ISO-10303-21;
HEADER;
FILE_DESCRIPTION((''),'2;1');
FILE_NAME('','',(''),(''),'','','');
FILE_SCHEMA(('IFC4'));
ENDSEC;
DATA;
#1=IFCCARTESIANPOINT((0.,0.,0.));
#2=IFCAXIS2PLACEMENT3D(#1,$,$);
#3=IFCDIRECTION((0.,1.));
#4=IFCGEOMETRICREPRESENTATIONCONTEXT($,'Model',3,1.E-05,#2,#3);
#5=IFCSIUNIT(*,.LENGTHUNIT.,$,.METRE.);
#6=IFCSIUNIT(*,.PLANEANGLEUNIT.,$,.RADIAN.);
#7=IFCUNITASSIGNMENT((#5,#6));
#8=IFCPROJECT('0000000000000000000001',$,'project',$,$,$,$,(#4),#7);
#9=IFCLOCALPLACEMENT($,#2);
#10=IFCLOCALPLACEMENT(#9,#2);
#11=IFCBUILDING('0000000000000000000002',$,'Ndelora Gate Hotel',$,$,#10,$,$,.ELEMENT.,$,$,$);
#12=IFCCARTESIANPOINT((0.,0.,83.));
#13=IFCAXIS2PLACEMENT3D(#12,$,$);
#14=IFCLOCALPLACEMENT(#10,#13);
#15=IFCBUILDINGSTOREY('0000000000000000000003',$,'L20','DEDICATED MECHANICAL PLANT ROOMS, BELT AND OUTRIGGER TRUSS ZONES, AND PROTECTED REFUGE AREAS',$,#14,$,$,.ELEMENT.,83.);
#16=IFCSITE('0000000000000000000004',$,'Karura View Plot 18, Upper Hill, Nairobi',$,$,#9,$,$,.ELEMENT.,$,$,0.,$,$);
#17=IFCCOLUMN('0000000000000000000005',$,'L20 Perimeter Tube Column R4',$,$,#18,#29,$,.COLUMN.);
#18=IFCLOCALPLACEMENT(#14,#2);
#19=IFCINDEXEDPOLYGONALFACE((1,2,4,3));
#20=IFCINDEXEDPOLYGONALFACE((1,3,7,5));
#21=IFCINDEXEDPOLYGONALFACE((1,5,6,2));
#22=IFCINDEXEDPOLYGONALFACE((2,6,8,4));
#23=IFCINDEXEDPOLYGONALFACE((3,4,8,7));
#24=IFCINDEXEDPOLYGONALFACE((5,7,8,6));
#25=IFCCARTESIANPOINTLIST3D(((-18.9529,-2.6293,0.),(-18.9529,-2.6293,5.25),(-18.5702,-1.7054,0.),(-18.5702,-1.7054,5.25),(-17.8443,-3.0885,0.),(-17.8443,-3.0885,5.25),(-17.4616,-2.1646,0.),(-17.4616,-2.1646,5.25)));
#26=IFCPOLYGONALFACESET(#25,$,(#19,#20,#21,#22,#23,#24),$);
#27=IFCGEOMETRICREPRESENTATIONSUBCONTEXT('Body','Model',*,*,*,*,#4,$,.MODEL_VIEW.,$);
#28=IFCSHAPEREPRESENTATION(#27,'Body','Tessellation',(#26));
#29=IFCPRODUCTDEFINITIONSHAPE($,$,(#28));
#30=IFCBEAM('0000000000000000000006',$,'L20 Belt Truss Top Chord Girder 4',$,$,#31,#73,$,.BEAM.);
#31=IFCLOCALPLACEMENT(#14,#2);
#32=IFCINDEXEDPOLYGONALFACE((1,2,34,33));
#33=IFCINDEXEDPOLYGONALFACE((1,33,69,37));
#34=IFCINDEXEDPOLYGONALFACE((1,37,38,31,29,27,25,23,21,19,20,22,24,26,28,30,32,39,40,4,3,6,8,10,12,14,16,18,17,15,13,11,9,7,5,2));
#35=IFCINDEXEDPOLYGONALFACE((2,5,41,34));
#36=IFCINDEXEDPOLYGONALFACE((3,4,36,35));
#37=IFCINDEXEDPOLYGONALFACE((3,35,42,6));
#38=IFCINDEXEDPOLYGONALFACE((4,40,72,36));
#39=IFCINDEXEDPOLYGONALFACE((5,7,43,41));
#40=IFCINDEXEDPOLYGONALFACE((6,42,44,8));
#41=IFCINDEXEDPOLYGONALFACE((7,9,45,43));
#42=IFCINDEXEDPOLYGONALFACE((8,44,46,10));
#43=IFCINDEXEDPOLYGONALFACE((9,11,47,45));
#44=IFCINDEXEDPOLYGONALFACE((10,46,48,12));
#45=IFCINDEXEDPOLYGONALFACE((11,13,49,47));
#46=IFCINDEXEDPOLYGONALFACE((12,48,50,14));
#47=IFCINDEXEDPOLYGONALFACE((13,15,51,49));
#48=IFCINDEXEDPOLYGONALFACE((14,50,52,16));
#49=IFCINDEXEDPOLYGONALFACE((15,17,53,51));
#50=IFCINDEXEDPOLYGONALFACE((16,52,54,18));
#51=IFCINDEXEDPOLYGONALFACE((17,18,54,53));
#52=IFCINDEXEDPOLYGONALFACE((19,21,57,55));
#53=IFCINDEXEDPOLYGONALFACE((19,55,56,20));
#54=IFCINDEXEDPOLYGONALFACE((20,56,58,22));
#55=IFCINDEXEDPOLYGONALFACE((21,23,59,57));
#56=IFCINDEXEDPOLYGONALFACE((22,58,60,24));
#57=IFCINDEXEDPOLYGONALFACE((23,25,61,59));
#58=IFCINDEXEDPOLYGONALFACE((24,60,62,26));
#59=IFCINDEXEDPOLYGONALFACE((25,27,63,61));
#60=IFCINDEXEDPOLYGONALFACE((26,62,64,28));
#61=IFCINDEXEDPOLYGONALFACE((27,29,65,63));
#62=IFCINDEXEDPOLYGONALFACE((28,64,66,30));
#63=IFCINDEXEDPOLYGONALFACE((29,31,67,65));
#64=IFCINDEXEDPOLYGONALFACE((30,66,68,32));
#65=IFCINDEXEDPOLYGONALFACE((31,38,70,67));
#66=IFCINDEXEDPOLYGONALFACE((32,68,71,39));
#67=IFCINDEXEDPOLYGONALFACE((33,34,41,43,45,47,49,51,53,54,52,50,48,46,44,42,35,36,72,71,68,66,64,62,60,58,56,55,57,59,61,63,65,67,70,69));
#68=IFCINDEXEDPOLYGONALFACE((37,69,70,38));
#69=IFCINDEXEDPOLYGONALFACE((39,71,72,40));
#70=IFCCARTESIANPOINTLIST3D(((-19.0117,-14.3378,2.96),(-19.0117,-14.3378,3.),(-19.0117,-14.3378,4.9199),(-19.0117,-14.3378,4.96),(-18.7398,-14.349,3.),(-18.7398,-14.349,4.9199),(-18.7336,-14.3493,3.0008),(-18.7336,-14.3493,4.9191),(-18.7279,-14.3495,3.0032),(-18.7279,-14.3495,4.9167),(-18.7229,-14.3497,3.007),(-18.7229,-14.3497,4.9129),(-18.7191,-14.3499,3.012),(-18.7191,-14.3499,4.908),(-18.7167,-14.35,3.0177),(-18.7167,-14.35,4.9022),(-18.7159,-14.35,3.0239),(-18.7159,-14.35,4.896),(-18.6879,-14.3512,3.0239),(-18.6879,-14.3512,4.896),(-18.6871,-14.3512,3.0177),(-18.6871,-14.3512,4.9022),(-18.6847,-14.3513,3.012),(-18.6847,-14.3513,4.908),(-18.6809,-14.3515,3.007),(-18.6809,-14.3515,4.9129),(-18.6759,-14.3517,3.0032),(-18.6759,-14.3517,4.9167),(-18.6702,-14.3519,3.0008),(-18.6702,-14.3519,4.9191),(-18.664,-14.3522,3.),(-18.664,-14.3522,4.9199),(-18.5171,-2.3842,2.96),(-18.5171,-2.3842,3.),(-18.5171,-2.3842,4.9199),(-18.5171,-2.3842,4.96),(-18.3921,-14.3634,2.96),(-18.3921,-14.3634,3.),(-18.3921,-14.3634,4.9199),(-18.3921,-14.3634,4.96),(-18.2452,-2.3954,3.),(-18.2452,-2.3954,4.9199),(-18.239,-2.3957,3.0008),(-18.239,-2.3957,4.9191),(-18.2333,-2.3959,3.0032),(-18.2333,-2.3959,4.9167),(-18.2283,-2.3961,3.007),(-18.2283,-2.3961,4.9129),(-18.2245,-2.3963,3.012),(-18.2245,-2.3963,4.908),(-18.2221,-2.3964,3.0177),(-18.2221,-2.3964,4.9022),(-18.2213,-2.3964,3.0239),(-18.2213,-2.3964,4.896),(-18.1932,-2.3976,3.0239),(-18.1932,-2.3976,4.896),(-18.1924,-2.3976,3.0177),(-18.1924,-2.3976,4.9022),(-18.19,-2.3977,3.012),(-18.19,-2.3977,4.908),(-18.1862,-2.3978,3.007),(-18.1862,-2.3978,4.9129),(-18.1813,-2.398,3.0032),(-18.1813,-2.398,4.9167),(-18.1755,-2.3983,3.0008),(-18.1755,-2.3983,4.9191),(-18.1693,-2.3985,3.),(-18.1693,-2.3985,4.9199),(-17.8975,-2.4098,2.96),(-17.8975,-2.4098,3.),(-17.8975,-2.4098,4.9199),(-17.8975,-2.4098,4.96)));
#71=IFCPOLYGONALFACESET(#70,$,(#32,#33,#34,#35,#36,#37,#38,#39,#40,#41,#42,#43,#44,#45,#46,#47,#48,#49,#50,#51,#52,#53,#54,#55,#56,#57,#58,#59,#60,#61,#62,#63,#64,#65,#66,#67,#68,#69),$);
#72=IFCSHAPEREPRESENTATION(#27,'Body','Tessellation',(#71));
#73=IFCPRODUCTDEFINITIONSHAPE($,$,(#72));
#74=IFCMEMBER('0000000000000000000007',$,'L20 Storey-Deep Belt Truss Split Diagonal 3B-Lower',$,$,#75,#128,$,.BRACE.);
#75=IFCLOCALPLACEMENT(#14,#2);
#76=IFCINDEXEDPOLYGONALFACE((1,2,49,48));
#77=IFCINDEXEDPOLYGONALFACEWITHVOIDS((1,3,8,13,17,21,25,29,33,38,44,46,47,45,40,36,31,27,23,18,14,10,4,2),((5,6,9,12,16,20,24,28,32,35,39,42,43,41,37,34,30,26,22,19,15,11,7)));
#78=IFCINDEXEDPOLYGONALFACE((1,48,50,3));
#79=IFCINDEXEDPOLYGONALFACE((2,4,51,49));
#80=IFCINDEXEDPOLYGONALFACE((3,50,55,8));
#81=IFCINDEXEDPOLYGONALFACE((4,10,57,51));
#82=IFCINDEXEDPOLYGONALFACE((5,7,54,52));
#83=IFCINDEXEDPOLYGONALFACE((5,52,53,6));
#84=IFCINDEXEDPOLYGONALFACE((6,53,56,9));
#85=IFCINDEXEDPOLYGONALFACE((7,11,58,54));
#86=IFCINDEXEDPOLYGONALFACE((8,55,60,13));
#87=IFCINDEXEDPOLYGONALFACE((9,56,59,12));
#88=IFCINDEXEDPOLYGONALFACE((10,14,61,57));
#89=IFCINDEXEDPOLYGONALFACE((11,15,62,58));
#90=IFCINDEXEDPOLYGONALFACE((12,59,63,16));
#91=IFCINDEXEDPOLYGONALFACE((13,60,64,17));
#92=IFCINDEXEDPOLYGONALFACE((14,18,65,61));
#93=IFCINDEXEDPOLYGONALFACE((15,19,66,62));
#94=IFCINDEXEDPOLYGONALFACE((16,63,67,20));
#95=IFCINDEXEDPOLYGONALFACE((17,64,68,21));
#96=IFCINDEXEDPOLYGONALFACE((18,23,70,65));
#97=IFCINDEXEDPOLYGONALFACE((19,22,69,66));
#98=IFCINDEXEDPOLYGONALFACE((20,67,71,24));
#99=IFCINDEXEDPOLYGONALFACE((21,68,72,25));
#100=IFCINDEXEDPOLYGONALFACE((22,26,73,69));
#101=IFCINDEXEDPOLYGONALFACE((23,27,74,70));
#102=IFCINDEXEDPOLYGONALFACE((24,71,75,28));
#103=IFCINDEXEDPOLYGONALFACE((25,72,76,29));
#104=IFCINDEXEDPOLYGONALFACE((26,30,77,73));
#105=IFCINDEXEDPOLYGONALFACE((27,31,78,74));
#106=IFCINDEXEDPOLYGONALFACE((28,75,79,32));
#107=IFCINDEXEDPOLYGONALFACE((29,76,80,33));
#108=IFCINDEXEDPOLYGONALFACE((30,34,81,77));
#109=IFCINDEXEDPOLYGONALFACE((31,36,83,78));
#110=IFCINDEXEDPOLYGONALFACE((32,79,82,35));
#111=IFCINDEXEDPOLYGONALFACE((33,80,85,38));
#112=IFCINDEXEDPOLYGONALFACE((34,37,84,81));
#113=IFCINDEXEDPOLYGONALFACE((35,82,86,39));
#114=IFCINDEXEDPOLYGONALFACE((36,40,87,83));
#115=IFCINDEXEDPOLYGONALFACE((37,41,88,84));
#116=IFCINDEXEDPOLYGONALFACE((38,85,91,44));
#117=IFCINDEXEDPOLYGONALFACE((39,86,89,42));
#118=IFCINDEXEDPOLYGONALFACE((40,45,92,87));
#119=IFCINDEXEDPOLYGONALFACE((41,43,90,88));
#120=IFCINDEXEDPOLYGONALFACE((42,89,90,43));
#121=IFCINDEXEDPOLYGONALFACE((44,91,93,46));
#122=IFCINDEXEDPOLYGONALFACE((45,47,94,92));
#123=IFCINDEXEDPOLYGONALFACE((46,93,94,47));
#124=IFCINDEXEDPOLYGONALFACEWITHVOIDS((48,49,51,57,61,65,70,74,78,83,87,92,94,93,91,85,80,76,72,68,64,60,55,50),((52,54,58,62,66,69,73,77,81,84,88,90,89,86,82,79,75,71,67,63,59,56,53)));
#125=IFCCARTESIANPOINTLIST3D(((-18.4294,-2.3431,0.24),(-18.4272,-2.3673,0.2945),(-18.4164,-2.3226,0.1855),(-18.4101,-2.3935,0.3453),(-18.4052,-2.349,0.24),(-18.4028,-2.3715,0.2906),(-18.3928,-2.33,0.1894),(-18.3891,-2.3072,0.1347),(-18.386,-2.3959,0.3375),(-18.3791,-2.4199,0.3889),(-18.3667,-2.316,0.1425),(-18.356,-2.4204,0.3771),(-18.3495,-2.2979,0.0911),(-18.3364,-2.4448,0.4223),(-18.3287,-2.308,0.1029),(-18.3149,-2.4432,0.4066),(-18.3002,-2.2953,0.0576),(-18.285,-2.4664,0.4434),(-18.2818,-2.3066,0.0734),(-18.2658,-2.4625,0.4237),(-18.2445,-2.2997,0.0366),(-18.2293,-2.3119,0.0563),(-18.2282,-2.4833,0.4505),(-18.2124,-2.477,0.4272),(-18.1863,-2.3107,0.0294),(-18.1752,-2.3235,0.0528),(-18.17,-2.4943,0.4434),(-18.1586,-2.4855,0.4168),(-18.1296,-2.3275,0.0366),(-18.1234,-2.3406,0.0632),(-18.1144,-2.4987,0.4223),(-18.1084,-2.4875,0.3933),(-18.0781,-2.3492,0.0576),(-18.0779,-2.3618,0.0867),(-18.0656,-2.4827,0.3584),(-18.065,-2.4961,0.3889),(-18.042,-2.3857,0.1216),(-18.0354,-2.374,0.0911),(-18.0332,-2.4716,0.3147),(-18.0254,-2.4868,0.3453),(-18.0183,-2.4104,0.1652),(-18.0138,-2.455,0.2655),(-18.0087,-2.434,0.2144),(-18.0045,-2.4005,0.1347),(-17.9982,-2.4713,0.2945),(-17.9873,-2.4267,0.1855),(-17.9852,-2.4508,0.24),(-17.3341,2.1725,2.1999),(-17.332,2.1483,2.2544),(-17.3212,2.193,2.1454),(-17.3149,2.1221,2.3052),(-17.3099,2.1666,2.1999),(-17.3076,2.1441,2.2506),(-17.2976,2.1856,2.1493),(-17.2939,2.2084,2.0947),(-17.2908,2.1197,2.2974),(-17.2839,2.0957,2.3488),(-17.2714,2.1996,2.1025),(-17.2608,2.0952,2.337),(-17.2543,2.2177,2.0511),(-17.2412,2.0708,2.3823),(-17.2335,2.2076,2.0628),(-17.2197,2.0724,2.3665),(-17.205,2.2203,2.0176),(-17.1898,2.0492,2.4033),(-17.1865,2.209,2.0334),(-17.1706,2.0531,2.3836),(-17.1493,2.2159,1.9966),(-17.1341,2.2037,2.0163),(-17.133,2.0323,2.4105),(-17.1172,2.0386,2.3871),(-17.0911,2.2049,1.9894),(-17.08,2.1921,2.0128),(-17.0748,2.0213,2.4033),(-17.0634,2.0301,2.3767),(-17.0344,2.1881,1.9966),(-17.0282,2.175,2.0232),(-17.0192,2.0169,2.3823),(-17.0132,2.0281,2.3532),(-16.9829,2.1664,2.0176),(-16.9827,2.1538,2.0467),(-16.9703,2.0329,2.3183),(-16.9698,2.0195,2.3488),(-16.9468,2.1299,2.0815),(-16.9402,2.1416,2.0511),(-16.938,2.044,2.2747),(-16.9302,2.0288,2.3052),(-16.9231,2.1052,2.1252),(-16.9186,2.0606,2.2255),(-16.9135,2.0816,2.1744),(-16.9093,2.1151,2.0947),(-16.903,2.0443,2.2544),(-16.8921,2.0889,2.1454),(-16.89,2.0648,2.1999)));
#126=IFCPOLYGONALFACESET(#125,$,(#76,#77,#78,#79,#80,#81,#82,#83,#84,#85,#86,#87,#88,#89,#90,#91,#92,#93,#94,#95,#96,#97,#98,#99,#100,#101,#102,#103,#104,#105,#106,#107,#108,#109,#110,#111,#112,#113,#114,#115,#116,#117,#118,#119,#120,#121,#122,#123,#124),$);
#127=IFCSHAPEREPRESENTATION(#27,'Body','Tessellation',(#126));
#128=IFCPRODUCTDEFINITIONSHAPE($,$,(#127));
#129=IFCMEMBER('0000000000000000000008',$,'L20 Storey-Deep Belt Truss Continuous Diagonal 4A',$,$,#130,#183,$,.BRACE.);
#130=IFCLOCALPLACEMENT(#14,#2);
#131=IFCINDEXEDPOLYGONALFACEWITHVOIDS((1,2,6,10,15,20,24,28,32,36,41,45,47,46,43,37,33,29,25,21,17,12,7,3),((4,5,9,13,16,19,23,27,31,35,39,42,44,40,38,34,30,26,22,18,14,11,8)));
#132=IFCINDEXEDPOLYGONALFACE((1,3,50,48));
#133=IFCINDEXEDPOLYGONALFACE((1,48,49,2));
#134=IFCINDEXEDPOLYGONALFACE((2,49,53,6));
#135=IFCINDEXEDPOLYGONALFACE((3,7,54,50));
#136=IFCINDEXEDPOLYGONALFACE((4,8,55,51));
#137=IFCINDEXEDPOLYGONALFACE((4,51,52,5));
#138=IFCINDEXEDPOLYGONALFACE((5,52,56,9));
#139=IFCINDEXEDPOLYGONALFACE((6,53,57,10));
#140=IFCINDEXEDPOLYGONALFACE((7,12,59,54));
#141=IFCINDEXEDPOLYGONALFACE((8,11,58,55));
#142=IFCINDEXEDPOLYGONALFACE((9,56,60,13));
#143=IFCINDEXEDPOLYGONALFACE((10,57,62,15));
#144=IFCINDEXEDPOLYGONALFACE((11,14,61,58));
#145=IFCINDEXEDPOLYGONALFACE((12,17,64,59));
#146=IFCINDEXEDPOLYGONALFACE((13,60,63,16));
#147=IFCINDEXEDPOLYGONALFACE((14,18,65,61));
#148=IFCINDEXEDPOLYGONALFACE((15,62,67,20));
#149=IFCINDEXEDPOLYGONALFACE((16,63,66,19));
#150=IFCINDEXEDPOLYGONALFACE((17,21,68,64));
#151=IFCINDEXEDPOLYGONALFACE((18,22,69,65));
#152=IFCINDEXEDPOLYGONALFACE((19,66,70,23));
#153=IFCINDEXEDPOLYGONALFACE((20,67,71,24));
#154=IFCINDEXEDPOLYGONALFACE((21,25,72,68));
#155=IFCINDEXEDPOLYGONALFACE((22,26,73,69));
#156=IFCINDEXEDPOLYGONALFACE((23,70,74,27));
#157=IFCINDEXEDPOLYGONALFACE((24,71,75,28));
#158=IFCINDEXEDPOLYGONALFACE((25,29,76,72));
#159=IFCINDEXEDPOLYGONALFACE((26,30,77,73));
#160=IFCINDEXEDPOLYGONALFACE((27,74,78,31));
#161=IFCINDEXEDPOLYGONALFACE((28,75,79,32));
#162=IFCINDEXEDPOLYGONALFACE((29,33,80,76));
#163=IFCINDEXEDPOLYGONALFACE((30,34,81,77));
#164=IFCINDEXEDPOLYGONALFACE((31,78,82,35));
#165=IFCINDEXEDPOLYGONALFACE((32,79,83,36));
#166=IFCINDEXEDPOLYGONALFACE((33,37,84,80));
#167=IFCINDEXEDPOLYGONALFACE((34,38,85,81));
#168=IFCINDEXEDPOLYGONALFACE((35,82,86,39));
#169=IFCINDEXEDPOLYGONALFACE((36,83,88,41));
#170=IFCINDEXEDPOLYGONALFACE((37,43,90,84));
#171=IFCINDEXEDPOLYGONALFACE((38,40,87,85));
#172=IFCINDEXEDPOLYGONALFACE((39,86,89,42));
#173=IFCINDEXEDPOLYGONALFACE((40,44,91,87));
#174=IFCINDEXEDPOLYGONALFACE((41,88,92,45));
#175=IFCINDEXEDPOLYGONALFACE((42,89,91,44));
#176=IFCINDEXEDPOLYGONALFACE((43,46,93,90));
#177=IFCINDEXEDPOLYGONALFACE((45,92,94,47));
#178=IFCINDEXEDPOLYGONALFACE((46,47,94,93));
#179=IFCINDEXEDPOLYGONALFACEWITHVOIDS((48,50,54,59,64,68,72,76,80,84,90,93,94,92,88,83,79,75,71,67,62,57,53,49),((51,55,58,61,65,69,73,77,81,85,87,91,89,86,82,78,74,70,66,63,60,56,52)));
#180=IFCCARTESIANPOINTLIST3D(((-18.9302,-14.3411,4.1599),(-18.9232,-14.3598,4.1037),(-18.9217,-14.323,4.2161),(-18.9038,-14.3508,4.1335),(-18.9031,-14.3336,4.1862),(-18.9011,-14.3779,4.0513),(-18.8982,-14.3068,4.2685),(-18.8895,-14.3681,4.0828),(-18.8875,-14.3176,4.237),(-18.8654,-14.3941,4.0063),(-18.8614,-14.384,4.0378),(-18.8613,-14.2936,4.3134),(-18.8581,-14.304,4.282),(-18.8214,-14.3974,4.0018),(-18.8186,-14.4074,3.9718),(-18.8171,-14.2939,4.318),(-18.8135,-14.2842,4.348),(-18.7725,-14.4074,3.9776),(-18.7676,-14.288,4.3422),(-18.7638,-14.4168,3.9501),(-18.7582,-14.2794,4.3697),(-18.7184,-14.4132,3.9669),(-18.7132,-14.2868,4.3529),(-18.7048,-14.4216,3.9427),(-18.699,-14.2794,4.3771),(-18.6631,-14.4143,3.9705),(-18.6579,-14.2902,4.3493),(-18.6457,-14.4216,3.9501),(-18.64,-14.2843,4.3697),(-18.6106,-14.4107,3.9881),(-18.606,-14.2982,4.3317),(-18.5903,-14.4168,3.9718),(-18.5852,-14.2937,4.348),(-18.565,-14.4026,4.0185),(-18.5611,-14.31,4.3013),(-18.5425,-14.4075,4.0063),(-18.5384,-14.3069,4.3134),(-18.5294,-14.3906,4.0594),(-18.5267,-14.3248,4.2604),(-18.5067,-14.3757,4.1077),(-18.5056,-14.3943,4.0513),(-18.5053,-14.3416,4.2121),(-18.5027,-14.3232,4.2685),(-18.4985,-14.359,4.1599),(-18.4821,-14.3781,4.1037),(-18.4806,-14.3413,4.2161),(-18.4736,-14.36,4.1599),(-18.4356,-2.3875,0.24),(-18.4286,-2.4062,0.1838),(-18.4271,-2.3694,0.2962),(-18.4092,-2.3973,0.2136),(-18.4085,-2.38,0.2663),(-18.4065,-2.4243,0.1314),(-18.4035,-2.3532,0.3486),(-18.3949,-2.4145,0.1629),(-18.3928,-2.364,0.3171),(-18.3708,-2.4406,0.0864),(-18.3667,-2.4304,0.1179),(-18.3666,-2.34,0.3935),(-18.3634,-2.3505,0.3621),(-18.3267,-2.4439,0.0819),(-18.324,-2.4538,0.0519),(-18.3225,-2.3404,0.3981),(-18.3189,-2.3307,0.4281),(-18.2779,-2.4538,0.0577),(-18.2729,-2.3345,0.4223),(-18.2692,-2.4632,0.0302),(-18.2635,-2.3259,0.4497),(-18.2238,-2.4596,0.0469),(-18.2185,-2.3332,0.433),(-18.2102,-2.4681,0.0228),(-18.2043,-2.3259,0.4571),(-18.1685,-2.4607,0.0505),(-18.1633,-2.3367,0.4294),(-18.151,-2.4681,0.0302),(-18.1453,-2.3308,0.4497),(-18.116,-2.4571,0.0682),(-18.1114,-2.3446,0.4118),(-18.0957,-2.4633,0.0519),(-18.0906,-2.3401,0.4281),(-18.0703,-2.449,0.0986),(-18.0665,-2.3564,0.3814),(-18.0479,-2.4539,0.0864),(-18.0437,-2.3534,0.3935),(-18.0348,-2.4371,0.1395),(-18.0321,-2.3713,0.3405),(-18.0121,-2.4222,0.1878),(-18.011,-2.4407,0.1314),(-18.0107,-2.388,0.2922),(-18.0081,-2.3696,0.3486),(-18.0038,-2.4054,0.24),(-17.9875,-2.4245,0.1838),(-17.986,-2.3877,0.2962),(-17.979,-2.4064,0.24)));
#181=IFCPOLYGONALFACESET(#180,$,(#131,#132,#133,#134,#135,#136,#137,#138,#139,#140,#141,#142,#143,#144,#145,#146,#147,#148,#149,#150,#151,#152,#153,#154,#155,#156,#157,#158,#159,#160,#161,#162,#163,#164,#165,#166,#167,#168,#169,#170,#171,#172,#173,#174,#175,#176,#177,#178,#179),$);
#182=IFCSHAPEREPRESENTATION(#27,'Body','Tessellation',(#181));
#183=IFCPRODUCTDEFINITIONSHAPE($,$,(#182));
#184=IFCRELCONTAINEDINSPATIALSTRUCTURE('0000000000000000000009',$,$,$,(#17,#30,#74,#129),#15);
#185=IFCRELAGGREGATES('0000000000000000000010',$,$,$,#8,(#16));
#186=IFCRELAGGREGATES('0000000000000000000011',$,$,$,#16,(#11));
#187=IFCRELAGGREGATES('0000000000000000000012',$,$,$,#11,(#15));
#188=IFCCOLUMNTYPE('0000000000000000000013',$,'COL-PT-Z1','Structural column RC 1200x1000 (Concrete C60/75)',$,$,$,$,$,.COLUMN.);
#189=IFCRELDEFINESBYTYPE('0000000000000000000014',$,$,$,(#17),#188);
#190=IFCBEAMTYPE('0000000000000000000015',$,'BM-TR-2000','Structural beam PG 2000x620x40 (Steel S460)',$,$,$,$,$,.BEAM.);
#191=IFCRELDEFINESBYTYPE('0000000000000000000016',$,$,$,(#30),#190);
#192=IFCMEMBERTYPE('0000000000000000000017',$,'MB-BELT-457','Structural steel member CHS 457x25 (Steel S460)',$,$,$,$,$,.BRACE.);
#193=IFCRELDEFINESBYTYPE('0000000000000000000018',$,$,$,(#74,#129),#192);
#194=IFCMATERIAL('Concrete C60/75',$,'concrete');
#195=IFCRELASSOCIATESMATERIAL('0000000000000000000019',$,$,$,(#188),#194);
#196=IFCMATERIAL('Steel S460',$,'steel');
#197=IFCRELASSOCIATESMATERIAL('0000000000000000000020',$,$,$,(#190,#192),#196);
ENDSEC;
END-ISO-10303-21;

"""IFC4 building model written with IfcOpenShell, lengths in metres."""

from ifc_helpers import new_model, si_unit, direction, frame, origin, origin_2d, place, context, subcontext, project, spatial, rectangle, hollow_circle, i_section, extrude, material, material_profile, profile_set, type_object, element, save


model = new_model("IFC4")

# Units and contexts
model_context = context("Model", 3, precision=1e-05, world=origin(), true_north=direction((0.0, 1.0)))
body_context = subcontext(model_context, "Body", "Model", "MODEL_VIEW")
ifc_project = project(units=[si_unit("LENGTHUNIT", "METRE"), si_unit("PLANEANGLEUNIT", "RADIAN")], contexts=[model_context])

# Site, building, storey
site_placement = place(None, origin())
site = spatial("IfcSite", under=ifc_project, at=site_placement, Name="Karura View Plot 18, Upper Hill, Nairobi", CompositionType="ELEMENT", RefElevation=0.0)
building_placement = place(site_placement, origin())
building = spatial("IfcBuilding", under=site, at=building_placement, Name="Ndelora Gate Hotel", CompositionType="ELEMENT")
storey_placement = place(building_placement, frame((0.0, 0.0, 83.0)))
storey = spatial("IfcBuildingStorey", under=building, at=storey_placement, Name="L20", Description="DEDICATED MECHANICAL PLANT ROOMS, BELT AND OUTRIGGER TRUSS ZONES, AND PROTECTED REFUGE AREAS", CompositionType="ELEMENT", Elevation=83.0)

# Column
ifc_material_1 = material(Name="Concrete C60/75", Category="concrete")
ifc_material_profile_1 = material_profile(ifc_material_1, rectangle(XDim=1.0, YDim=1.2, at=origin_2d()), Name="RC 1200x1000")
ifc_profile_set_1 = profile_set([ifc_material_profile_1], Name="Concrete C60/75")
column_type = type_object("IfcColumnType", Name="COL-PT-Z1", Description="Structural column RC 1200x1000 (Concrete C60/75)", PredefinedType="COLUMN", material=ifc_profile_set_1)
column_placement = place(storey_placement, frame((-18.2073, -2.397, 0.0), z_axis=(0.0, 0.0, 1.0), x_axis=(0.382683, 0.92388, 0.0)))
element("IfcColumn", 1, at=column_placement, inside=storey, type_object=column_type, Name="L20 Perimeter Tube Column R4", PredefinedType="COLUMN", context=body_context, shape_type="SweptSolid", body=[
    extrude(rectangle(XDim=1.0, YDim=1.2, at=origin_2d()), origin(), (0.0, 0.0, 1.0), 5.25),
])

# Beam
ifc_material_2 = material(Name="Steel S460", Category="steel")
ifc_material_profile_2 = material_profile(ifc_material_2, i_section(OverallWidth=0.6201, OverallDepth=2.0, WebThickness=0.0281, FlangeThickness=0.04, FilletRadius=0.0239, at=origin_2d()), Name="PG 2000x620x40")
ifc_profile_set_2 = profile_set([ifc_material_profile_2], Name="Steel S460")
beam_type = type_object("IfcBeamType", Name="BM-TR-2000", Description="Structural beam PG 2000x620x40 (Steel S460)", PredefinedType="BEAM", material=ifc_profile_set_2)
beam_placement = place(storey_placement, frame((-18.2073, -2.397, 3.96), z_axis=(-0.041344, -0.999145, 0.0), x_axis=(0.999145, -0.041344, 0.0)))
element("IfcBeam", 2, at=beam_placement, inside=storey, type_object=beam_type, Name="L20 Belt Truss Top Chord Girder 4", PredefinedType="BEAM", context=body_context, shape_type="SweptSolid", body=[
    extrude(i_section(OverallWidth=0.6201, OverallDepth=2.0, WebThickness=0.0281, FlangeThickness=0.04, FilletRadius=0.0239, at=origin_2d()), origin(), (0.0, 0.0, 1.0), 11.9639),
])

# Members
ifc_material_profile_3 = material_profile(ifc_material_2, hollow_circle(Radius=0.2285, WallThickness=0.0249, at=origin_2d()), Name="CHS 457x25")
ifc_profile_set_3 = profile_set([ifc_material_profile_3], Name="Steel S460")
member_type_1 = type_object("IfcMemberType", Name="MB-BELT-457", Description="Structural steel member CHS 457x25 (Steel S460)", PredefinedType="BRACE", material=ifc_profile_set_3)
member_1_placement = place(storey_placement, frame((-18.2073, -2.397, 0.24), z_axis=(0.217175, 0.895425, 0.38865), x_axis=(-0.971825, 0.235705, 0.0)))
element("IfcMember", 3, at=member_1_placement, inside=storey, type_object=member_type_1, Name="L20 Storey-Deep Belt Truss Split Diagonal 3B-Lower", PredefinedType="BRACE", context=body_context, shape_type="SweptSolid", body=[
    extrude(hollow_circle(Radius=0.2285, WallThickness=0.0249, at=origin_2d()), origin(), (0.0, 0.0, 1.0), 5.043),
])
member_2_placement = place(storey_placement, frame((-18.2073, -2.397, 0.24), z_axis=(-0.039289, -0.949479, 0.311361), x_axis=(0.999145, -0.041344, 0.0)))
element("IfcMember", 4, at=member_2_placement, inside=storey, type_object=member_type_1, Name="L20 Storey-Deep Belt Truss Continuous Diagonal 4A", PredefinedType="BRACE", context=body_context, shape_type="SweptSolid", body=[
    extrude(hollow_circle(Radius=0.2285, WallThickness=0.0249, at=origin_2d()), origin(), (0.0, 0.0, 1.0), 12.5896),
])

save(model, "model.ifc")
